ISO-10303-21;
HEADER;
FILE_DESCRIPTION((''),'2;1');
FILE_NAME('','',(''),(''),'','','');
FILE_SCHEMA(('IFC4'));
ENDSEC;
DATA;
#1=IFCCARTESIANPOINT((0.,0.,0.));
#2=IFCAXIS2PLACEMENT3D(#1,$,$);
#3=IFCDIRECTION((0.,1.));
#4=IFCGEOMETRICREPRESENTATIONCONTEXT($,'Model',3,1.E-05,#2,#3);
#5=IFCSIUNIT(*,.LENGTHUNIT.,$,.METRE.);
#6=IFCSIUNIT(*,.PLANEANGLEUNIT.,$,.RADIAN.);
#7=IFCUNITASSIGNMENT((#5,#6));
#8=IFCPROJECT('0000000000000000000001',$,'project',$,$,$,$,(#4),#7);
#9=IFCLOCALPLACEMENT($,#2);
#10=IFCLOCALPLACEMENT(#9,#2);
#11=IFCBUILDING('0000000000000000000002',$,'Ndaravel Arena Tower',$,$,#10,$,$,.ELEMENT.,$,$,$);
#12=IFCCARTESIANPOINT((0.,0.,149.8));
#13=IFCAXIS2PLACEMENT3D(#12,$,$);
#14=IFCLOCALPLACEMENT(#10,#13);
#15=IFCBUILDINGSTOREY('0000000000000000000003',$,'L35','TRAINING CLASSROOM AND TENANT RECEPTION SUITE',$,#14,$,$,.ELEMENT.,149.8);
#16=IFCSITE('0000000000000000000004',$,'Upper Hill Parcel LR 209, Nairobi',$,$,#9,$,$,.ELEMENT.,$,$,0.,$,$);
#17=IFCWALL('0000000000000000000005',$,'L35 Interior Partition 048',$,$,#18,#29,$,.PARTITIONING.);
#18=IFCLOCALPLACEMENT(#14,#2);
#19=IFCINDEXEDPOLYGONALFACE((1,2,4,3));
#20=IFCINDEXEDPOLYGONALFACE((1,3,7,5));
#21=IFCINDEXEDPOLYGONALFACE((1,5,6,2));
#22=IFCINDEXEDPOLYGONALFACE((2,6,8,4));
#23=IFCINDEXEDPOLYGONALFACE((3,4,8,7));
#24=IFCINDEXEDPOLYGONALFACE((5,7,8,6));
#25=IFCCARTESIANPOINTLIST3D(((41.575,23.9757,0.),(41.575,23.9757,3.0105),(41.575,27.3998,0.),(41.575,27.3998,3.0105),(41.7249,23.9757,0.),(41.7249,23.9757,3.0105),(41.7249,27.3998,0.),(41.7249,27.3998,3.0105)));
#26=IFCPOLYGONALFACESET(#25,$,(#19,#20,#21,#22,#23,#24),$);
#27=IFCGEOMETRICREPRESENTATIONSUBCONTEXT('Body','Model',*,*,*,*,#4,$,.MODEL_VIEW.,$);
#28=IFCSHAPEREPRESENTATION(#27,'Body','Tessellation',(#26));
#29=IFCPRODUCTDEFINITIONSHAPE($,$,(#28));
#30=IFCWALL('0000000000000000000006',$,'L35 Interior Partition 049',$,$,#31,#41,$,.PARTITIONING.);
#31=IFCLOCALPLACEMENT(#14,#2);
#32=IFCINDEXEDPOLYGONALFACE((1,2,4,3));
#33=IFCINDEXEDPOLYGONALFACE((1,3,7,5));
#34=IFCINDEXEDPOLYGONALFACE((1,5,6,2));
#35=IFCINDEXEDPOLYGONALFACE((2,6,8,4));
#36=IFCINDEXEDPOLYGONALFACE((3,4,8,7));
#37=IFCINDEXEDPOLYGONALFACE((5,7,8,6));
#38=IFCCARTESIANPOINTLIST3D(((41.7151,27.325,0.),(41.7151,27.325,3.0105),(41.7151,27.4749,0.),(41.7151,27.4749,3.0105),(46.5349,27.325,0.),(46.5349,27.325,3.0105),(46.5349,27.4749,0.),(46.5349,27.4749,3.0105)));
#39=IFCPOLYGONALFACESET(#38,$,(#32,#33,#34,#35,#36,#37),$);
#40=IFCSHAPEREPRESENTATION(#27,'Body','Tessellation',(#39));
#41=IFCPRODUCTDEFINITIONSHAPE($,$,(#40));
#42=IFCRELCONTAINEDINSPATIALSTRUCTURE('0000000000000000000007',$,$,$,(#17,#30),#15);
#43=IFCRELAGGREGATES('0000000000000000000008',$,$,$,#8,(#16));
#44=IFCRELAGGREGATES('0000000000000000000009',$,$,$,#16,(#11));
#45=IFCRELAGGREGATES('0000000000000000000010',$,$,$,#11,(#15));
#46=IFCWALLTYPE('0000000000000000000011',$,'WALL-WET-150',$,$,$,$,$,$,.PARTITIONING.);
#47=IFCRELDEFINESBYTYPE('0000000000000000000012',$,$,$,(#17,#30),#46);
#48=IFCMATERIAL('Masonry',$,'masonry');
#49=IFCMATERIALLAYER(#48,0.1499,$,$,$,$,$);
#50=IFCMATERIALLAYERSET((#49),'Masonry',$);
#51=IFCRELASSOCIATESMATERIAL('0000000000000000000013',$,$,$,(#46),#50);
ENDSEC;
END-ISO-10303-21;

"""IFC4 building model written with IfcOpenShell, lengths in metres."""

from ifc_helpers import new_model, si_unit, direction, frame, frame_2d, origin, place, context, subcontext, project, spatial, rectangle, extrude, material, layer, layer_set, type_object, element, save


model = new_model("IFC4")

# Units and contexts
model_context = context("Model", 3, precision=1e-05, world=origin(), true_north=direction((0.0, 1.0)))
body_context = subcontext(model_context, "Body", "Model", "MODEL_VIEW")
ifc_project = project(units=[si_unit("LENGTHUNIT", "METRE"), si_unit("PLANEANGLEUNIT", "RADIAN")], contexts=[model_context])

# Site, building, storey
site_placement = place(None, origin())
site = spatial("IfcSite", under=ifc_project, at=site_placement, Name="Upper Hill Parcel LR 209, Nairobi", CompositionType="ELEMENT", RefElevation=0.0)
building_placement = place(site_placement, origin())
building = spatial("IfcBuilding", under=site, at=building_placement, Name="Ndaravel Arena Tower", CompositionType="ELEMENT")
storey_placement = place(building_placement, frame((0.0, 0.0, 149.8)))
storey = spatial("IfcBuildingStorey", under=building, at=storey_placement, Name="L35", Description="TRAINING CLASSROOM AND TENANT RECEPTION SUITE", CompositionType="ELEMENT", Elevation=149.8)

# Shared definitions
ifc_material_1 = material(Name="Masonry", Category="masonry")
ifc_layer_1 = layer(ifc_material_1, 0.1499)
ifc_layer_set_1 = layer_set([ifc_layer_1], Name="Masonry")
wall_type_1 = type_object("IfcWallType", Name="WALL-WET-150", PredefinedType="PARTITIONING", material=ifc_layer_set_1)

# Walls
wall_1_placement = place(storey_placement, frame((41.6499, 23.9758, 0.0), z_axis=(0.0, 0.0, 1.0), x_axis=(0.0, 1.0, 0.0)))
element("IfcWall", 1, at=wall_1_placement, inside=storey, type_object=wall_type_1, Name="L35 Interior Partition 048", PredefinedType="PARTITIONING", context=body_context, shape_type="SweptSolid", body=[
    extrude(rectangle(XDim=3.4241, YDim=0.1499, at=frame_2d((1.7119, 0.0))), origin(), (0.0, 0.0, 1.0), 3.0105),
])
wall_2_placement = place(storey_placement, frame((41.7151, 27.3999, 0.0), z_axis=(0.0, 0.0, 1.0), x_axis=(1.0, 0.0, 0.0)))
element("IfcWall", 2, at=wall_2_placement, inside=storey, type_object=wall_type_1, Name="L35 Interior Partition 049", PredefinedType="PARTITIONING", context=body_context, shape_type="SweptSolid", body=[
    extrude(rectangle(XDim=4.8198, YDim=0.1499, at=frame_2d((2.4099, 0.0))), origin(), (0.0, 0.0, 1.0), 3.0105),
])

save(model, "model.ifc")
